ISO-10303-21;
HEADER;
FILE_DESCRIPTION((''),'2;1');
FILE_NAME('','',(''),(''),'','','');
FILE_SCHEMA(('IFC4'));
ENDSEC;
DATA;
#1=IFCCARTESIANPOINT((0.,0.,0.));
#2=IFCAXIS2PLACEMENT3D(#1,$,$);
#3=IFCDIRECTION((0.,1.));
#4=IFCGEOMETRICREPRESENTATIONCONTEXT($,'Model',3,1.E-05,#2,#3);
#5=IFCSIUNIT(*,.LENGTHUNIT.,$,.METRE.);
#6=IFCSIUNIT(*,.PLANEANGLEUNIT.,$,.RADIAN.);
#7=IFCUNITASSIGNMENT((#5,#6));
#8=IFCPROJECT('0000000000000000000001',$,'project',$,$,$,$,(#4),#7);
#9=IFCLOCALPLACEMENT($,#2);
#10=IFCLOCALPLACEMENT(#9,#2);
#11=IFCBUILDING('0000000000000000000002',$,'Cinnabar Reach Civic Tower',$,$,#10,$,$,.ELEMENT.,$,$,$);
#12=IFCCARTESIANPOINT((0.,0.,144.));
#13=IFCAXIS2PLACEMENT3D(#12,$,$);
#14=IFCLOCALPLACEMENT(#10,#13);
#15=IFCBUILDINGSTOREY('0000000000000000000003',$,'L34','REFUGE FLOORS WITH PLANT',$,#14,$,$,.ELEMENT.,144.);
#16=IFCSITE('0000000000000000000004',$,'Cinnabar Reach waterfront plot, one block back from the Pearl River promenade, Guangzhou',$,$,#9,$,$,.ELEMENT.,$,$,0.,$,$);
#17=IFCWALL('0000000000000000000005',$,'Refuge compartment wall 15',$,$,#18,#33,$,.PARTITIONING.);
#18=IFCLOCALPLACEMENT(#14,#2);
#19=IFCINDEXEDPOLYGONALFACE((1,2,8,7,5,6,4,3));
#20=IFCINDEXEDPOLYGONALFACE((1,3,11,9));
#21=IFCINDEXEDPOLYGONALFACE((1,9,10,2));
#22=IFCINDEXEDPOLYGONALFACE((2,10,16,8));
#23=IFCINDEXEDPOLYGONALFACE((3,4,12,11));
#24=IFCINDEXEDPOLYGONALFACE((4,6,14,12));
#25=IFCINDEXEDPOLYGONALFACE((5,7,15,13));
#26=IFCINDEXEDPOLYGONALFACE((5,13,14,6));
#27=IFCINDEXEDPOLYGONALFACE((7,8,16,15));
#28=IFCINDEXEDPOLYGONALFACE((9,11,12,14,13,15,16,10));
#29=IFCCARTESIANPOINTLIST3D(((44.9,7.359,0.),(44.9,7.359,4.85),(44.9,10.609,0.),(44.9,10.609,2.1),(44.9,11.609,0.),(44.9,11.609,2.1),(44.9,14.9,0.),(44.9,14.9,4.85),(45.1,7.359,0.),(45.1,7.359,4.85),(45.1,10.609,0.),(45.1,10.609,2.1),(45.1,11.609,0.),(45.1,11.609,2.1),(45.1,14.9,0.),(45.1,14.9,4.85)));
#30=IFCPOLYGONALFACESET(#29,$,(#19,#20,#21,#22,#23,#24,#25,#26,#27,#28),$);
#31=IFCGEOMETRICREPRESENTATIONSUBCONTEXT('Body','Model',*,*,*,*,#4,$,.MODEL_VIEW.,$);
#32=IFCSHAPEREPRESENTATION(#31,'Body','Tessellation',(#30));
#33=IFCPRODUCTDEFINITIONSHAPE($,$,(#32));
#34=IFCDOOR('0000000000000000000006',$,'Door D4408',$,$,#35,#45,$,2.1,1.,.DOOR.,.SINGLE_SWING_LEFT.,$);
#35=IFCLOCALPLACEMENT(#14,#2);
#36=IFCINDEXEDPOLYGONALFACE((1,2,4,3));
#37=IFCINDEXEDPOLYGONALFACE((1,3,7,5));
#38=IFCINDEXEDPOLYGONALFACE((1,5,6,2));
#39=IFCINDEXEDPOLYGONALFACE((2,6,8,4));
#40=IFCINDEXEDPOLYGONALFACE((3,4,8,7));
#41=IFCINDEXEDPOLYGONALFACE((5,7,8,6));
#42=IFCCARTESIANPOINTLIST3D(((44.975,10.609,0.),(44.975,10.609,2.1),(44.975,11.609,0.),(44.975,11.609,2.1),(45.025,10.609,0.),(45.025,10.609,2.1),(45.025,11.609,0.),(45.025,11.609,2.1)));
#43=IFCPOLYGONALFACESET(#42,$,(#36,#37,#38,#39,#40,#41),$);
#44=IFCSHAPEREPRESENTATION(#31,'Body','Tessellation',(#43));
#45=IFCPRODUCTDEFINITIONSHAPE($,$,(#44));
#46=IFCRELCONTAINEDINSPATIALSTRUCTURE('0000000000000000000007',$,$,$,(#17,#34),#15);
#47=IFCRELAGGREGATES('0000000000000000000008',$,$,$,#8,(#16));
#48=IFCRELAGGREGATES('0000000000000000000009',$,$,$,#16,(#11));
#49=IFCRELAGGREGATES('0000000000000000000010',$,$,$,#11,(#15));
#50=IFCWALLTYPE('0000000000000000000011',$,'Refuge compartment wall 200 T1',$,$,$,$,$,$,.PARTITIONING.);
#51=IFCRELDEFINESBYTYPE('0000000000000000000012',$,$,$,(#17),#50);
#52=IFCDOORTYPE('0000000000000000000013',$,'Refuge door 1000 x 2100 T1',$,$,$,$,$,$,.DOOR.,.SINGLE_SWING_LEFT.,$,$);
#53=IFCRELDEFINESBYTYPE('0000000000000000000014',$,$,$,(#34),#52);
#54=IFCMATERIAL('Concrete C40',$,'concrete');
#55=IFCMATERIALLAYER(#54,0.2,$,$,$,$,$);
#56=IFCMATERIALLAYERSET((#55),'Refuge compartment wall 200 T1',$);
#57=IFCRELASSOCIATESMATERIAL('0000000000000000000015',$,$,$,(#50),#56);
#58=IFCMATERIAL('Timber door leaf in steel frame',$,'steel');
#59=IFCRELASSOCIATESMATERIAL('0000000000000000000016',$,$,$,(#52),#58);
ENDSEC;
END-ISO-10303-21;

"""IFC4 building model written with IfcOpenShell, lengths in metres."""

from ifc_helpers import new_model, si_unit, direction, frame, frame_2d, origin, place, context, subcontext, project, spatial, rectangle, extrude, material, layer, layer_set, type_object, element, fill, save


model = new_model("IFC4")

# Units and contexts
model_context = context("Model", 3, precision=1e-05, world=origin(), true_north=direction((0.0, 1.0)))
body_context = subcontext(model_context, "Body", "Model", "MODEL_VIEW")
ifc_project = project(units=[si_unit("LENGTHUNIT", "METRE"), si_unit("PLANEANGLEUNIT", "RADIAN")], contexts=[model_context])

# Site, building, storey
site_placement = place(None, origin())
site = spatial("IfcSite", under=ifc_project, at=site_placement, Name="Cinnabar Reach waterfront plot, one block back from the Pearl River promenade, Guangzhou", CompositionType="ELEMENT", RefElevation=0.0)
building_placement = place(site_placement, origin())
building = spatial("IfcBuilding", under=site, at=building_placement, Name="Cinnabar Reach Civic Tower", CompositionType="ELEMENT")
storey_placement = place(building_placement, frame((0.0, 0.0, 144.0)))
storey = spatial("IfcBuildingStorey", under=building, at=storey_placement, Name="L34", Description="REFUGE FLOORS WITH PLANT", CompositionType="ELEMENT", Elevation=144.0)

# Wall, opening, door
ifc_material_1 = material(Name="Concrete C40", Category="concrete")
ifc_layer_1 = layer(ifc_material_1, 0.2)
ifc_layer_set_1 = layer_set([ifc_layer_1], Name="Refuge compartment wall 200 T1")
wall_type_1 = type_object("IfcWallType", Name="Refuge compartment wall 200 T1", PredefinedType="PARTITIONING", material=ifc_layer_set_1)
wall_1_placement = place(storey_placement, frame((45.0, 7.359, 0.0), z_axis=(0.0, 0.0, 1.0), x_axis=(0.0, 1.0, 0.0)))
wall_1 = element("IfcWall", 1, at=wall_1_placement, inside=storey, type_object=wall_type_1, Name="Refuge compartment wall 15", PredefinedType="PARTITIONING", context=body_context, shape_type="SweptSolid", body=[
    extrude(rectangle(XDim=7.541, YDim=0.2, at=frame_2d((3.7705, 0.0))), origin(), (0.0, 0.0, 1.0), 4.85),
])
opening_1_placement = place(wall_1_placement, frame((3.25, 0.0, 0.0)))
opening_1 = element("IfcOpeningElement", 2, at=opening_1_placement, cuts=wall_1, PredefinedType="OPENING", context=body_context, shape_type="SweptSolid", body=[
    extrude(rectangle(XDim=1.0, YDim=2.1, at=frame_2d((0.5, 1.05))), frame((0.0, 0.11, 0.0), z_axis=(0.0, -1.0, 0.0), x_axis=(1.0, 0.0, 0.0)), (0.0, 0.0, 1.0), 0.22),
])
ifc_material_2 = material(Name="Timber door leaf in steel frame", Category="steel")
door_type = type_object("IfcDoorType", Name="Refuge door 1000 x 2100 T1", OperationType="SINGLE_SWING_LEFT", PredefinedType="DOOR", material=ifc_material_2)
door_placement = place(opening_1_placement, origin())
door = element("IfcDoor", 3, at=door_placement, inside=storey, type_object=door_type, Name="Door D4408", OperationType="SINGLE_SWING_LEFT", OverallHeight=2.1, OverallWidth=1.0, PredefinedType="DOOR", context=body_context, shape_type="SweptSolid", body=[
    extrude(rectangle(XDim=1.0, YDim=2.1, at=frame_2d((0.5, 1.05))), frame((0.0, 0.025, 0.0), z_axis=(0.0, -1.0, 0.0), x_axis=(1.0, 0.0, 0.0)), (0.0, 0.0, 1.0), 0.05),
])
fill(opening_1, door)

save(model, "model.ifc")
